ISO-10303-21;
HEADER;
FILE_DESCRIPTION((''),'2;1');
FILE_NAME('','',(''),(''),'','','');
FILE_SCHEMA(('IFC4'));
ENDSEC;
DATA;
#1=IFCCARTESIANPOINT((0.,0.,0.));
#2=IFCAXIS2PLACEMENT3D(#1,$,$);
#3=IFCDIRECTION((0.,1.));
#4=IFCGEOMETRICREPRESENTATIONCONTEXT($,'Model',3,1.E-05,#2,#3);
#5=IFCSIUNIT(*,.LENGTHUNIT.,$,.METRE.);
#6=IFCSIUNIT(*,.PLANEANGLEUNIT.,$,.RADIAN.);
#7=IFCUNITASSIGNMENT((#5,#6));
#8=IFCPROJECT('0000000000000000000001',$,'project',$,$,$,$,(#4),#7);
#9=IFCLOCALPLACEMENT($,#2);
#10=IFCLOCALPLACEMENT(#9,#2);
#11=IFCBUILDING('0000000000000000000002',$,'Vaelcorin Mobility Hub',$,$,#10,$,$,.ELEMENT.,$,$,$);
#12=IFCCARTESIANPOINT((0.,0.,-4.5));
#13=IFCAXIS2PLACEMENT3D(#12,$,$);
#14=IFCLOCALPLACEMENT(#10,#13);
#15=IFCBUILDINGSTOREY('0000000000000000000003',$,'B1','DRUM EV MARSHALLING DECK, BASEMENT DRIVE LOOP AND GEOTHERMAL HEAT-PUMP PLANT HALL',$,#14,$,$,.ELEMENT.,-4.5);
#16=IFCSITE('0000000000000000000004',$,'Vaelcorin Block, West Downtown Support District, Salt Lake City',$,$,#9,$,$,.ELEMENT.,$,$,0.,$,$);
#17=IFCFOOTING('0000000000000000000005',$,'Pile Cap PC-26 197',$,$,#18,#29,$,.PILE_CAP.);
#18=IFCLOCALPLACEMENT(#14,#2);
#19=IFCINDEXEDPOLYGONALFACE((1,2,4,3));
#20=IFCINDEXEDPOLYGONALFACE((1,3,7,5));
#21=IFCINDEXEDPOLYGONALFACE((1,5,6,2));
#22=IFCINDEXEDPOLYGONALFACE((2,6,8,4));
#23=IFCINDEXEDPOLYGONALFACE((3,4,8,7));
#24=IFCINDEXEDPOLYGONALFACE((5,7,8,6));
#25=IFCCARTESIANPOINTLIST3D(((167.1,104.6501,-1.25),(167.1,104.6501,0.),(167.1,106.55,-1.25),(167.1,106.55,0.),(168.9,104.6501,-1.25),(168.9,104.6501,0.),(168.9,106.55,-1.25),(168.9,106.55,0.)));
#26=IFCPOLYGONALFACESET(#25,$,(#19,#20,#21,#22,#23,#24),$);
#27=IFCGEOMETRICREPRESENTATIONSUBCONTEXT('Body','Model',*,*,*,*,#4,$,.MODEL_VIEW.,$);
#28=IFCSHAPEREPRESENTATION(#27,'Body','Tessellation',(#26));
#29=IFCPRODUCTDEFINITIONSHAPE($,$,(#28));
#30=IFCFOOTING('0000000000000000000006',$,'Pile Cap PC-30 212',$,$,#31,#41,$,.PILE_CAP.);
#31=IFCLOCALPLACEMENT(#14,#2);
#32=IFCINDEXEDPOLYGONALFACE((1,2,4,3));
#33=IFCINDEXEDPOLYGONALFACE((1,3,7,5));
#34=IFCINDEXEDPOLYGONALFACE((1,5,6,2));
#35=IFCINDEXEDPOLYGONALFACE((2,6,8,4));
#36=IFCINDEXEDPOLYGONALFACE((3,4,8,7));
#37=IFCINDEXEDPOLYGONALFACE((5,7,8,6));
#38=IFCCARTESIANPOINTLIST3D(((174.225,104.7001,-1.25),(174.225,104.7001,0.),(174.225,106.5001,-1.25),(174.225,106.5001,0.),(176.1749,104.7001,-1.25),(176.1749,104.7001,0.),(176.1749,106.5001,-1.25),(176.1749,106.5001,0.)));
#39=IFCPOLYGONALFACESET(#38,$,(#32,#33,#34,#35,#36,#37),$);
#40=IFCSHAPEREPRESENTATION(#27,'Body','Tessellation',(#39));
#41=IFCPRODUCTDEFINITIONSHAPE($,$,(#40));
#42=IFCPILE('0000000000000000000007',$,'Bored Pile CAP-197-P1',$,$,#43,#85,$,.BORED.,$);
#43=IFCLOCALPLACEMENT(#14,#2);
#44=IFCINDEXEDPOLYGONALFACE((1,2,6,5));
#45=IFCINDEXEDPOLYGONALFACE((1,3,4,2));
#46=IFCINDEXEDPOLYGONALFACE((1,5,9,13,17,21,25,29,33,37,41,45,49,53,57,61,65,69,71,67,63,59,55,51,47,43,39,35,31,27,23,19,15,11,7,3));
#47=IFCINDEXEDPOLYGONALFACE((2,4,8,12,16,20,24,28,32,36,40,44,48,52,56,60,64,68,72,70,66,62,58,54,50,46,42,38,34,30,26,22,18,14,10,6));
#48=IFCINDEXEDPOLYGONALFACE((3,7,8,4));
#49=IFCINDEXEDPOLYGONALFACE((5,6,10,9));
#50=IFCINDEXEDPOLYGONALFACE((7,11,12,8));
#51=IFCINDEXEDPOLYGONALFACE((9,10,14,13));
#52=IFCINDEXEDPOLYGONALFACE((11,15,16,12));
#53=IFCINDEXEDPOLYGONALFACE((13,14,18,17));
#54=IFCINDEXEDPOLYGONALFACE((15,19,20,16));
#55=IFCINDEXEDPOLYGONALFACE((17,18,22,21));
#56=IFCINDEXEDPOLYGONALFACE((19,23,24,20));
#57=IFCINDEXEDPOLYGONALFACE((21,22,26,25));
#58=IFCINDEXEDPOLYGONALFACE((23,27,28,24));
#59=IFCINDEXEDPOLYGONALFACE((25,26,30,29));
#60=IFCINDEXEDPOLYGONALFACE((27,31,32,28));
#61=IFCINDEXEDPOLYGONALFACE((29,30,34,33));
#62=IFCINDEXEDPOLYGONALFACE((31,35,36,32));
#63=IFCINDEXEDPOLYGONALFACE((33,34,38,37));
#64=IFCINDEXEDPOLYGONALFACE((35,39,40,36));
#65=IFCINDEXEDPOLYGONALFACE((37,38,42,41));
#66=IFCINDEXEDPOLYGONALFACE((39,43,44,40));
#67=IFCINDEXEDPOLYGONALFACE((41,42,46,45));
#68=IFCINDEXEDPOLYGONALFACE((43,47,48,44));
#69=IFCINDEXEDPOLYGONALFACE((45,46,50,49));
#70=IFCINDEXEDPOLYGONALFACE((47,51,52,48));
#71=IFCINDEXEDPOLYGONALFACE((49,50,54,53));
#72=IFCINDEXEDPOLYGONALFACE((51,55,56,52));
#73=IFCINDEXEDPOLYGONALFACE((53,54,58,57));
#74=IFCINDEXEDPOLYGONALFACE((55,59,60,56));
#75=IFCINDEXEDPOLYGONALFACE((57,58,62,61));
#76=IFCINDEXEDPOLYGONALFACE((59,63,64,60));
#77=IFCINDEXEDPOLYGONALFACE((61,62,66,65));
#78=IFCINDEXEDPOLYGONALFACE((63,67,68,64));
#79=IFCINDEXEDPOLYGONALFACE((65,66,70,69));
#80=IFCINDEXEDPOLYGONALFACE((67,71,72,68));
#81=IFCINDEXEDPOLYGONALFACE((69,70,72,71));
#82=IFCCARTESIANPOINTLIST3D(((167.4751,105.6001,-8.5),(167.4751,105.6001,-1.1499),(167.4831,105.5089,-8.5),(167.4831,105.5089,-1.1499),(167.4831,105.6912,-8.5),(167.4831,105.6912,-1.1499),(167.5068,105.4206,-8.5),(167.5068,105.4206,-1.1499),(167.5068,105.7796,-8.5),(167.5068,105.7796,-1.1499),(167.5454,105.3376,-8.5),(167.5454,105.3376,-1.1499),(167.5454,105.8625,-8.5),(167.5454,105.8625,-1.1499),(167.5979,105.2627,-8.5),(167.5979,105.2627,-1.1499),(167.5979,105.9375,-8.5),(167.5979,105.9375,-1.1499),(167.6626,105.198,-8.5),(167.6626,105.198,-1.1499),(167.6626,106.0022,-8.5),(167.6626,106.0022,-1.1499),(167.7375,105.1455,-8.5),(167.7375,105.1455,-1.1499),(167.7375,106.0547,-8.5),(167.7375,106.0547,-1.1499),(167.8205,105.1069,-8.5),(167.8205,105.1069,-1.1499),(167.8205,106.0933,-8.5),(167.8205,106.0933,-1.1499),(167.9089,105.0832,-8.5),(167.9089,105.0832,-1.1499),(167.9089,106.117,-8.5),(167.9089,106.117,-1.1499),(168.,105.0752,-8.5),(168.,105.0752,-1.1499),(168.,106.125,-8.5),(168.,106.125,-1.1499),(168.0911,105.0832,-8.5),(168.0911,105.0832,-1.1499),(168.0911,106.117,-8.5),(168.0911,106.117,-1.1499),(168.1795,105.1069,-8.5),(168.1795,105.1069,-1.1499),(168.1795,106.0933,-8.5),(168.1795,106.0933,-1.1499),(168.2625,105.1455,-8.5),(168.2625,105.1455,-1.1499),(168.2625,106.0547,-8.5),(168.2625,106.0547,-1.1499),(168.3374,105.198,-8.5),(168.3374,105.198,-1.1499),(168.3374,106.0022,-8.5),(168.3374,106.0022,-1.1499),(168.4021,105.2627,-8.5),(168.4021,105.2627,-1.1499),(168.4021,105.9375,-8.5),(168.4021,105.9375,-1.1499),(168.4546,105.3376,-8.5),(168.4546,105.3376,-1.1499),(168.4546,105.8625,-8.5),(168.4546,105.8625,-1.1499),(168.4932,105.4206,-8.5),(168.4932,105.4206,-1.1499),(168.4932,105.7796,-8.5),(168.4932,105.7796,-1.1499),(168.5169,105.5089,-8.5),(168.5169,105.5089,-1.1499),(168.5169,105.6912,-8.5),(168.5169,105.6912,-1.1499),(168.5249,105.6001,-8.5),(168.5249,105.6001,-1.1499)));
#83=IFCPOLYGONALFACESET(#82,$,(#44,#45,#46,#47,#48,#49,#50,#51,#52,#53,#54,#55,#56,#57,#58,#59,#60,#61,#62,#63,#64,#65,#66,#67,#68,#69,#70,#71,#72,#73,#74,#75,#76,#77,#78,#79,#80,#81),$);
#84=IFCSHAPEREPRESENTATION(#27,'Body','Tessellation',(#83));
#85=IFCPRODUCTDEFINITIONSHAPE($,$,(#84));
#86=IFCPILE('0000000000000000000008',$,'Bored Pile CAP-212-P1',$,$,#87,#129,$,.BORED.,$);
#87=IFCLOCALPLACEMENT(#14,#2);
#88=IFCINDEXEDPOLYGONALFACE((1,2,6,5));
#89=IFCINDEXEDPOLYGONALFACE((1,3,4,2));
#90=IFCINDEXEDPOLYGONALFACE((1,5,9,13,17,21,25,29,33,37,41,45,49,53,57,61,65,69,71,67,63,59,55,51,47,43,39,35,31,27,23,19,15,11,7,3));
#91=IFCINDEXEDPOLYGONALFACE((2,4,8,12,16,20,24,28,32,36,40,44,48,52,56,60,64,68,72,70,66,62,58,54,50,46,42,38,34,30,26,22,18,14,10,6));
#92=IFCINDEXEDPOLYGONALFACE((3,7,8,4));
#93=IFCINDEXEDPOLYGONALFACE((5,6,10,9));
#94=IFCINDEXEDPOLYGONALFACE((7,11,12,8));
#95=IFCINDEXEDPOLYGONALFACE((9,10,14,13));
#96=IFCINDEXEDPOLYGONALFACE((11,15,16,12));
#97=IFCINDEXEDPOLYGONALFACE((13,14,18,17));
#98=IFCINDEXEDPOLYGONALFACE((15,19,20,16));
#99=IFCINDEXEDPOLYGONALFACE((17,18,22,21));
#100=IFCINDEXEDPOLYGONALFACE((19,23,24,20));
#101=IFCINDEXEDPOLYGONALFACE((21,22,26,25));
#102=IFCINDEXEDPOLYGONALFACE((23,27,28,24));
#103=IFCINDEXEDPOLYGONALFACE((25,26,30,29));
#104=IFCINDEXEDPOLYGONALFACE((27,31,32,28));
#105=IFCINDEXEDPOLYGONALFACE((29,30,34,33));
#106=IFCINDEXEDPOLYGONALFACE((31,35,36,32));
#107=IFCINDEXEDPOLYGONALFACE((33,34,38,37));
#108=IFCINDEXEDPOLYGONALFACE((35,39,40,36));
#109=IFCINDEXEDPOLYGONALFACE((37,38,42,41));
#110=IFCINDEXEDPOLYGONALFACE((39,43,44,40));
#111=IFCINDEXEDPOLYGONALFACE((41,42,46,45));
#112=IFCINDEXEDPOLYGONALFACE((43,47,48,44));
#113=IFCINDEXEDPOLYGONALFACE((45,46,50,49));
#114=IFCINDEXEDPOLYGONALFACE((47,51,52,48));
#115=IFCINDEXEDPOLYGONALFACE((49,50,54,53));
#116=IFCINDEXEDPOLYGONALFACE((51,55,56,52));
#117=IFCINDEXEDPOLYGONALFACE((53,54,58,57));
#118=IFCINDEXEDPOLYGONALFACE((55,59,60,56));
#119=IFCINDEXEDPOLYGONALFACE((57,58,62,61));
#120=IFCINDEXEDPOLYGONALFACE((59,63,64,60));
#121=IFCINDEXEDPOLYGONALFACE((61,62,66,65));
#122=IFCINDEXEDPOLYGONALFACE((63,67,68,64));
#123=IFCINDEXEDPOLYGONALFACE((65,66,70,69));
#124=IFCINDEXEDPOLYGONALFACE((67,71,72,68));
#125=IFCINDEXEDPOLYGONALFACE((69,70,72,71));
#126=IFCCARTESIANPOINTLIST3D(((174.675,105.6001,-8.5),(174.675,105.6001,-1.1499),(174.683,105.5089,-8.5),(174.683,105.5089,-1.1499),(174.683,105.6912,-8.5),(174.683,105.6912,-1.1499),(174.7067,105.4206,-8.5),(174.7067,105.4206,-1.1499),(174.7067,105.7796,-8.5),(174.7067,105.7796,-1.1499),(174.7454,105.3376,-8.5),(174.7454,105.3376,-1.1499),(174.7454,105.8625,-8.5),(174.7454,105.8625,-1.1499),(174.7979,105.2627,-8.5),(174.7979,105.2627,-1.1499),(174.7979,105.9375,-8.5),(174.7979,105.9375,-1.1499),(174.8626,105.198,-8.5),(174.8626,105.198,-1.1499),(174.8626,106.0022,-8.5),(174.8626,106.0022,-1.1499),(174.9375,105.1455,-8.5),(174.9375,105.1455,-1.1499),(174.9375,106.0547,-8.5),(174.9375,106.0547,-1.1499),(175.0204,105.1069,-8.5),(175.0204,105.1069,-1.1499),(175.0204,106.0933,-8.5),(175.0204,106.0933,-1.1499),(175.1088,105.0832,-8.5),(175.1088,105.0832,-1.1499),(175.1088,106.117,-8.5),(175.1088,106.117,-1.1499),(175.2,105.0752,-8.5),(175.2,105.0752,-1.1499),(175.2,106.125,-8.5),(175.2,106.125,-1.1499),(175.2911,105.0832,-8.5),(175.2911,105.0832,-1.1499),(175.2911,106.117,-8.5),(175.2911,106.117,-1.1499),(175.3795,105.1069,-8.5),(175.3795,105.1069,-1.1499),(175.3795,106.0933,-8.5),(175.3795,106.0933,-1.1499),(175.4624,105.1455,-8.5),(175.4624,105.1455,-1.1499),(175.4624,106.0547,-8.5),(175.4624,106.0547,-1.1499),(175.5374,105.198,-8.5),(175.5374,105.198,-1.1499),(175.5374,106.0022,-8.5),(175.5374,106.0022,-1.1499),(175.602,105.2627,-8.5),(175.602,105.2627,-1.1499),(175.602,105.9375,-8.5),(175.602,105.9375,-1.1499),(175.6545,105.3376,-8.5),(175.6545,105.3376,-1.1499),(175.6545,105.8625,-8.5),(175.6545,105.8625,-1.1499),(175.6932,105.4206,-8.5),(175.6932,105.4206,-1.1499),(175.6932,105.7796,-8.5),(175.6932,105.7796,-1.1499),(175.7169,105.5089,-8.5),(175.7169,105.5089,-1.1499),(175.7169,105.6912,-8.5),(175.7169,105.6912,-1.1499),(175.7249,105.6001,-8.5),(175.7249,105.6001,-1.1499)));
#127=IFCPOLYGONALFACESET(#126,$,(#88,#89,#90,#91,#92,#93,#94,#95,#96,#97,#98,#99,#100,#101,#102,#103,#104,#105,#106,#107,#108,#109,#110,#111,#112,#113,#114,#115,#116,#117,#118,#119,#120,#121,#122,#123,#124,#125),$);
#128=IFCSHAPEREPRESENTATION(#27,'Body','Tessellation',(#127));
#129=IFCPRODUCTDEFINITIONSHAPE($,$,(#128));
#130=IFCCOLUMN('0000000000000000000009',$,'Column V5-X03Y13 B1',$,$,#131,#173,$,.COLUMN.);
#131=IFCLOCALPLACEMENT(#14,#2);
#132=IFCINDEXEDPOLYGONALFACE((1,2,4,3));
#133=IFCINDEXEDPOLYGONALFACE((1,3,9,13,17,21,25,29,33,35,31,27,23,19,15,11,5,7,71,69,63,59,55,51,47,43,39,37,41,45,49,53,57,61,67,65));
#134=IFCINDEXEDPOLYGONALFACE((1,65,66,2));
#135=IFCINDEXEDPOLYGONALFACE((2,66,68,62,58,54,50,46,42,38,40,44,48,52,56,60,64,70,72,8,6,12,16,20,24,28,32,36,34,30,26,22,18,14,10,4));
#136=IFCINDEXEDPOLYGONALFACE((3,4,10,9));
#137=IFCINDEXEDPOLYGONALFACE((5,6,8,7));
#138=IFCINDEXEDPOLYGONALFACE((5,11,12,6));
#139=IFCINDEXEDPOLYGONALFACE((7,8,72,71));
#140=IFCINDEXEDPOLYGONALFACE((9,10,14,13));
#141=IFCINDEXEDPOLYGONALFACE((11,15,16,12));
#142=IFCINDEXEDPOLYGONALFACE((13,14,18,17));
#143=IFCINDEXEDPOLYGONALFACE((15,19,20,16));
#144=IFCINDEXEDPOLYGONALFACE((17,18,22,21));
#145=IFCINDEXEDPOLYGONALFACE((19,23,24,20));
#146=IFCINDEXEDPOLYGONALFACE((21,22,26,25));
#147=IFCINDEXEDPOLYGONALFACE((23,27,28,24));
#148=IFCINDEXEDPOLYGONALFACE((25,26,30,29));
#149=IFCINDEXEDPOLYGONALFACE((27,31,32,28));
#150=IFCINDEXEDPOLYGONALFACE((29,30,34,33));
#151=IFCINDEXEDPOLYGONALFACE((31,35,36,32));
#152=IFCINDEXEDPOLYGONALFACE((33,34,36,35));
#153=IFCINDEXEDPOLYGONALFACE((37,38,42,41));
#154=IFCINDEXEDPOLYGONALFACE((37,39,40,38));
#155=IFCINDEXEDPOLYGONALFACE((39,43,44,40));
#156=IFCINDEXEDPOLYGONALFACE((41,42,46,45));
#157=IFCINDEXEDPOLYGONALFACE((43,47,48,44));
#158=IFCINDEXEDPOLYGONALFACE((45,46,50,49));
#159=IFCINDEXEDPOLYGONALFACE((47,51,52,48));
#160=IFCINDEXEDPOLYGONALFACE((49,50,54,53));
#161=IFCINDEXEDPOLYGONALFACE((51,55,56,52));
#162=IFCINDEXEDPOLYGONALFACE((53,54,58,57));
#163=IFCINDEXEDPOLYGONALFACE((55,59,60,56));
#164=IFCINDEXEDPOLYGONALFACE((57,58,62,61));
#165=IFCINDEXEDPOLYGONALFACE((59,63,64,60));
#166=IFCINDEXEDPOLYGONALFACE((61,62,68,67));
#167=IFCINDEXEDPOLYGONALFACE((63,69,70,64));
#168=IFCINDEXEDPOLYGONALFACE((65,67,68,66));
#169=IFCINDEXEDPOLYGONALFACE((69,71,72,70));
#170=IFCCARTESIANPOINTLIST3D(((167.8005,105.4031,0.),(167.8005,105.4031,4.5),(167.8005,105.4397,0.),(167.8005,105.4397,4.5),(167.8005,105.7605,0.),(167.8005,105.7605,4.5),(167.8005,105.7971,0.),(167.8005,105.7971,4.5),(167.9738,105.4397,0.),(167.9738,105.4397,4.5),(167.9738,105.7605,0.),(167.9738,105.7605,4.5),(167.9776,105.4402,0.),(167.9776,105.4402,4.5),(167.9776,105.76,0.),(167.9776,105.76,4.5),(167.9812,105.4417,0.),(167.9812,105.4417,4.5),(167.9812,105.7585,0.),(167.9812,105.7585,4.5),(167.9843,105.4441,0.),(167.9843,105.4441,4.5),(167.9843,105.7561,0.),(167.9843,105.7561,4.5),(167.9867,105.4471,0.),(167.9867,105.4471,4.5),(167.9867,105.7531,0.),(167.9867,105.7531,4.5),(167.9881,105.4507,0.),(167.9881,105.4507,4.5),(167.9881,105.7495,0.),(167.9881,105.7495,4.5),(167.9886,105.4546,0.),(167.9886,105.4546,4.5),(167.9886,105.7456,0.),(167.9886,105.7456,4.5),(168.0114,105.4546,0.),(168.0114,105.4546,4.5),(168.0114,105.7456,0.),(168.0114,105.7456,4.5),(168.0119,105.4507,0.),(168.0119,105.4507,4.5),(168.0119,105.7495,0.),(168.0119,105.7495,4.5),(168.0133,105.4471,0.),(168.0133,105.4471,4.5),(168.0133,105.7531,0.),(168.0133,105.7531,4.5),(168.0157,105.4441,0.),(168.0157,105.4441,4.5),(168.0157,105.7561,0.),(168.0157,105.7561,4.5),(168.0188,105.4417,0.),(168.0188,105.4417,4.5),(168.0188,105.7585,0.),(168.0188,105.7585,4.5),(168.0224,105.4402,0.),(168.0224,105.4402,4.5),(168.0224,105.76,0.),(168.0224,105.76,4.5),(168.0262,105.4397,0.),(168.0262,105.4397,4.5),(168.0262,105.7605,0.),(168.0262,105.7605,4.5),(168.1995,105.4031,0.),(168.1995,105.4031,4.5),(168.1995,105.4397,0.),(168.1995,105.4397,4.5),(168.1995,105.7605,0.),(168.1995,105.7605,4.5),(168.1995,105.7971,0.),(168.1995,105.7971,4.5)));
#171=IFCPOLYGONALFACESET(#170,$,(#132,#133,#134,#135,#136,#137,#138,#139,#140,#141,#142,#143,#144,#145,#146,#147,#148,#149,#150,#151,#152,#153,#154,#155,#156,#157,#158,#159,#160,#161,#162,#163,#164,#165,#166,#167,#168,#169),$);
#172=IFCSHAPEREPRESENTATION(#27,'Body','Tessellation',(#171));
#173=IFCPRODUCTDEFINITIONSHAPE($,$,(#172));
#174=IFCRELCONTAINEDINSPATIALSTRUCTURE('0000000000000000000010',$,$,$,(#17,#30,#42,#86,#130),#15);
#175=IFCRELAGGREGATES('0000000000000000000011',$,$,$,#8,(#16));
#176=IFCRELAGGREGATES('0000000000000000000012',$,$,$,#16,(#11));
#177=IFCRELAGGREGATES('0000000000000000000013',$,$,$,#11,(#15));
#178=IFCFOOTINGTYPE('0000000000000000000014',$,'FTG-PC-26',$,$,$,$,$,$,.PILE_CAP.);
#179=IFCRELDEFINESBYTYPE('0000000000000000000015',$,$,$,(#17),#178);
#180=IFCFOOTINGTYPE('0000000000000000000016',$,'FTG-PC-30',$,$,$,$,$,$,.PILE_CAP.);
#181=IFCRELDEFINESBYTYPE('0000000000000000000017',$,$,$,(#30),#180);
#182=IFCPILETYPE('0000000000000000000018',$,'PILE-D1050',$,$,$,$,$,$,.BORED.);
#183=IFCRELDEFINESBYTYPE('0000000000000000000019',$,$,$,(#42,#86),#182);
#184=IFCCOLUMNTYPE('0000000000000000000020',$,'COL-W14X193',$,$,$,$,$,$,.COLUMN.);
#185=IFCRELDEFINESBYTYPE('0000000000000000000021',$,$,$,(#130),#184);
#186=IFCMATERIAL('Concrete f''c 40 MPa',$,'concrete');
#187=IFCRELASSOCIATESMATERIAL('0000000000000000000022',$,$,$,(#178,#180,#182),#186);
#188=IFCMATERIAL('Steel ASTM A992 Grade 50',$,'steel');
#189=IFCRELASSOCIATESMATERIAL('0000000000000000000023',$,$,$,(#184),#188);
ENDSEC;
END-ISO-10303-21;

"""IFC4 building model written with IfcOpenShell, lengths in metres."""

from ifc_helpers import new_model, si_unit, direction, frame, origin, origin_2d, place, context, subcontext, project, spatial, rectangle, circle, i_section, extrude, material, material_profile, profile_set, type_object, element, save


model = new_model("IFC4")

# Units and contexts
model_context = context("Model", 3, precision=1e-05, world=origin(), true_north=direction((0.0, 1.0)))
body_context = subcontext(model_context, "Body", "Model", "MODEL_VIEW")
ifc_project = project(units=[si_unit("LENGTHUNIT", "METRE"), si_unit("PLANEANGLEUNIT", "RADIAN")], contexts=[model_context])

# Site, building, storey
site_placement = place(None, origin())
site = spatial("IfcSite", under=ifc_project, at=site_placement, Name="Vaelcorin Block, West Downtown Support District, Salt Lake City", CompositionType="ELEMENT", RefElevation=0.0)
building_placement = place(site_placement, origin())
building = spatial("IfcBuilding", under=site, at=building_placement, Name="Vaelcorin Mobility Hub", CompositionType="ELEMENT")
storey_placement = place(building_placement, frame((0.0, 0.0, -4.5)))
storey = spatial("IfcBuildingStorey", under=building, at=storey_placement, Name="B1", Description="DRUM EV MARSHALLING DECK, BASEMENT DRIVE LOOP AND GEOTHERMAL HEAT-PUMP PLANT HALL", CompositionType="ELEMENT", Elevation=-4.5)

# Footings
ifc_material_1 = material(Name="Concrete f'c 40 MPa", Category="concrete")
footing_type_1 = type_object("IfcFootingType", Name="FTG-PC-26", PredefinedType="PILE_CAP", material=ifc_material_1)
footing_1_placement = place(storey_placement, frame((168.0, 105.6001, -1.25), z_axis=(0.0, 0.0, 1.0), x_axis=(1.0, 0.0, 0.0)))
element("IfcFooting", 1, at=footing_1_placement, inside=storey, type_object=footing_type_1, Name="Pile Cap PC-26 197", PredefinedType="PILE_CAP", context=body_context, shape_type="SweptSolid", body=[
    extrude(rectangle(XDim=1.8, YDim=1.8999, at=origin_2d()), origin(), (0.0, 0.0, 1.0), 1.25),
])
footing_type_2 = type_object("IfcFootingType", Name="FTG-PC-30", PredefinedType="PILE_CAP", material=ifc_material_1)
footing_2_placement = place(storey_placement, frame((175.2, 105.6001, -1.25), z_axis=(0.0, 0.0, 1.0), x_axis=(1.0, 0.0, 0.0)))
element("IfcFooting", 2, at=footing_2_placement, inside=storey, type_object=footing_type_2, Name="Pile Cap PC-30 212", PredefinedType="PILE_CAP", context=body_context, shape_type="SweptSolid", body=[
    extrude(rectangle(XDim=1.95, YDim=1.8, at=origin_2d()), origin(), (0.0, 0.0, 1.0), 1.25),
])

# Piles
ifc_material_profile_1 = material_profile(ifc_material_1, circle(Radius=0.5249, at=origin_2d()), Name="BP-D1050")
ifc_profile_set_1 = profile_set([ifc_material_profile_1], Name="Concrete f'c 40 MPa")
pile_type = type_object("IfcPileType", Name="PILE-D1050", PredefinedType="BORED", material=ifc_profile_set_1)
for number, where, z_axis, x_axis, name in (
    (3, (168.0, 105.6001, -1.1499), (0.0, 0.0, -1.0), (1.0, 0.0, 0.0), "Bored Pile CAP-197-P1"),
    (4, (175.2, 105.6001, -1.1499), (0.0, 0.0, -1.0), (1.0, 0.0, 0.0), "Bored Pile CAP-212-P1"),
):
    element("IfcPile", number, at=place(storey_placement, frame(where, z_axis=z_axis, x_axis=x_axis)), inside=storey, type_object=pile_type, Name=name, PredefinedType="BORED", context=body_context, shape_type="SweptSolid", body=[
        extrude(circle(Radius=0.5249, at=origin_2d()), origin(), (0.0, 0.0, 1.0), 7.3501),
    ])

# Column
ifc_material_2 = material(Name="Steel ASTM A992 Grade 50", Category="steel")
ifc_material_profile_2 = material_profile(ifc_material_2, i_section(OverallWidth=0.3989, OverallDepth=0.394, WebThickness=0.0227, FlangeThickness=0.0366, FilletRadius=0.0149, at=origin_2d()), Name="W14X193")
ifc_profile_set_2 = profile_set([ifc_material_profile_2], Name="Steel ASTM A992 Grade 50")
column_type = type_object("IfcColumnType", Name="COL-W14X193", PredefinedType="COLUMN", material=ifc_profile_set_2)
for number, where, z_axis, x_axis, name in (
    (5, (168.0, 105.6001, 0.0), (0.0, 0.0, 1.0), (1.0, 0.0, 0.0), "Column V5-X03Y13 B1"),
):
    element("IfcColumn", number, at=place(storey_placement, frame(where, z_axis=z_axis, x_axis=x_axis)), inside=storey, type_object=column_type, Name=name, PredefinedType="COLUMN", context=body_context, shape_type="SweptSolid", body=[
        extrude(i_section(OverallWidth=0.3989, OverallDepth=0.394, WebThickness=0.0227, FlangeThickness=0.0366, FilletRadius=0.0149, at=origin_2d()), origin(), (0.0, 0.0, 1.0), 4.5),
    ])

save(model, "model.ifc")
